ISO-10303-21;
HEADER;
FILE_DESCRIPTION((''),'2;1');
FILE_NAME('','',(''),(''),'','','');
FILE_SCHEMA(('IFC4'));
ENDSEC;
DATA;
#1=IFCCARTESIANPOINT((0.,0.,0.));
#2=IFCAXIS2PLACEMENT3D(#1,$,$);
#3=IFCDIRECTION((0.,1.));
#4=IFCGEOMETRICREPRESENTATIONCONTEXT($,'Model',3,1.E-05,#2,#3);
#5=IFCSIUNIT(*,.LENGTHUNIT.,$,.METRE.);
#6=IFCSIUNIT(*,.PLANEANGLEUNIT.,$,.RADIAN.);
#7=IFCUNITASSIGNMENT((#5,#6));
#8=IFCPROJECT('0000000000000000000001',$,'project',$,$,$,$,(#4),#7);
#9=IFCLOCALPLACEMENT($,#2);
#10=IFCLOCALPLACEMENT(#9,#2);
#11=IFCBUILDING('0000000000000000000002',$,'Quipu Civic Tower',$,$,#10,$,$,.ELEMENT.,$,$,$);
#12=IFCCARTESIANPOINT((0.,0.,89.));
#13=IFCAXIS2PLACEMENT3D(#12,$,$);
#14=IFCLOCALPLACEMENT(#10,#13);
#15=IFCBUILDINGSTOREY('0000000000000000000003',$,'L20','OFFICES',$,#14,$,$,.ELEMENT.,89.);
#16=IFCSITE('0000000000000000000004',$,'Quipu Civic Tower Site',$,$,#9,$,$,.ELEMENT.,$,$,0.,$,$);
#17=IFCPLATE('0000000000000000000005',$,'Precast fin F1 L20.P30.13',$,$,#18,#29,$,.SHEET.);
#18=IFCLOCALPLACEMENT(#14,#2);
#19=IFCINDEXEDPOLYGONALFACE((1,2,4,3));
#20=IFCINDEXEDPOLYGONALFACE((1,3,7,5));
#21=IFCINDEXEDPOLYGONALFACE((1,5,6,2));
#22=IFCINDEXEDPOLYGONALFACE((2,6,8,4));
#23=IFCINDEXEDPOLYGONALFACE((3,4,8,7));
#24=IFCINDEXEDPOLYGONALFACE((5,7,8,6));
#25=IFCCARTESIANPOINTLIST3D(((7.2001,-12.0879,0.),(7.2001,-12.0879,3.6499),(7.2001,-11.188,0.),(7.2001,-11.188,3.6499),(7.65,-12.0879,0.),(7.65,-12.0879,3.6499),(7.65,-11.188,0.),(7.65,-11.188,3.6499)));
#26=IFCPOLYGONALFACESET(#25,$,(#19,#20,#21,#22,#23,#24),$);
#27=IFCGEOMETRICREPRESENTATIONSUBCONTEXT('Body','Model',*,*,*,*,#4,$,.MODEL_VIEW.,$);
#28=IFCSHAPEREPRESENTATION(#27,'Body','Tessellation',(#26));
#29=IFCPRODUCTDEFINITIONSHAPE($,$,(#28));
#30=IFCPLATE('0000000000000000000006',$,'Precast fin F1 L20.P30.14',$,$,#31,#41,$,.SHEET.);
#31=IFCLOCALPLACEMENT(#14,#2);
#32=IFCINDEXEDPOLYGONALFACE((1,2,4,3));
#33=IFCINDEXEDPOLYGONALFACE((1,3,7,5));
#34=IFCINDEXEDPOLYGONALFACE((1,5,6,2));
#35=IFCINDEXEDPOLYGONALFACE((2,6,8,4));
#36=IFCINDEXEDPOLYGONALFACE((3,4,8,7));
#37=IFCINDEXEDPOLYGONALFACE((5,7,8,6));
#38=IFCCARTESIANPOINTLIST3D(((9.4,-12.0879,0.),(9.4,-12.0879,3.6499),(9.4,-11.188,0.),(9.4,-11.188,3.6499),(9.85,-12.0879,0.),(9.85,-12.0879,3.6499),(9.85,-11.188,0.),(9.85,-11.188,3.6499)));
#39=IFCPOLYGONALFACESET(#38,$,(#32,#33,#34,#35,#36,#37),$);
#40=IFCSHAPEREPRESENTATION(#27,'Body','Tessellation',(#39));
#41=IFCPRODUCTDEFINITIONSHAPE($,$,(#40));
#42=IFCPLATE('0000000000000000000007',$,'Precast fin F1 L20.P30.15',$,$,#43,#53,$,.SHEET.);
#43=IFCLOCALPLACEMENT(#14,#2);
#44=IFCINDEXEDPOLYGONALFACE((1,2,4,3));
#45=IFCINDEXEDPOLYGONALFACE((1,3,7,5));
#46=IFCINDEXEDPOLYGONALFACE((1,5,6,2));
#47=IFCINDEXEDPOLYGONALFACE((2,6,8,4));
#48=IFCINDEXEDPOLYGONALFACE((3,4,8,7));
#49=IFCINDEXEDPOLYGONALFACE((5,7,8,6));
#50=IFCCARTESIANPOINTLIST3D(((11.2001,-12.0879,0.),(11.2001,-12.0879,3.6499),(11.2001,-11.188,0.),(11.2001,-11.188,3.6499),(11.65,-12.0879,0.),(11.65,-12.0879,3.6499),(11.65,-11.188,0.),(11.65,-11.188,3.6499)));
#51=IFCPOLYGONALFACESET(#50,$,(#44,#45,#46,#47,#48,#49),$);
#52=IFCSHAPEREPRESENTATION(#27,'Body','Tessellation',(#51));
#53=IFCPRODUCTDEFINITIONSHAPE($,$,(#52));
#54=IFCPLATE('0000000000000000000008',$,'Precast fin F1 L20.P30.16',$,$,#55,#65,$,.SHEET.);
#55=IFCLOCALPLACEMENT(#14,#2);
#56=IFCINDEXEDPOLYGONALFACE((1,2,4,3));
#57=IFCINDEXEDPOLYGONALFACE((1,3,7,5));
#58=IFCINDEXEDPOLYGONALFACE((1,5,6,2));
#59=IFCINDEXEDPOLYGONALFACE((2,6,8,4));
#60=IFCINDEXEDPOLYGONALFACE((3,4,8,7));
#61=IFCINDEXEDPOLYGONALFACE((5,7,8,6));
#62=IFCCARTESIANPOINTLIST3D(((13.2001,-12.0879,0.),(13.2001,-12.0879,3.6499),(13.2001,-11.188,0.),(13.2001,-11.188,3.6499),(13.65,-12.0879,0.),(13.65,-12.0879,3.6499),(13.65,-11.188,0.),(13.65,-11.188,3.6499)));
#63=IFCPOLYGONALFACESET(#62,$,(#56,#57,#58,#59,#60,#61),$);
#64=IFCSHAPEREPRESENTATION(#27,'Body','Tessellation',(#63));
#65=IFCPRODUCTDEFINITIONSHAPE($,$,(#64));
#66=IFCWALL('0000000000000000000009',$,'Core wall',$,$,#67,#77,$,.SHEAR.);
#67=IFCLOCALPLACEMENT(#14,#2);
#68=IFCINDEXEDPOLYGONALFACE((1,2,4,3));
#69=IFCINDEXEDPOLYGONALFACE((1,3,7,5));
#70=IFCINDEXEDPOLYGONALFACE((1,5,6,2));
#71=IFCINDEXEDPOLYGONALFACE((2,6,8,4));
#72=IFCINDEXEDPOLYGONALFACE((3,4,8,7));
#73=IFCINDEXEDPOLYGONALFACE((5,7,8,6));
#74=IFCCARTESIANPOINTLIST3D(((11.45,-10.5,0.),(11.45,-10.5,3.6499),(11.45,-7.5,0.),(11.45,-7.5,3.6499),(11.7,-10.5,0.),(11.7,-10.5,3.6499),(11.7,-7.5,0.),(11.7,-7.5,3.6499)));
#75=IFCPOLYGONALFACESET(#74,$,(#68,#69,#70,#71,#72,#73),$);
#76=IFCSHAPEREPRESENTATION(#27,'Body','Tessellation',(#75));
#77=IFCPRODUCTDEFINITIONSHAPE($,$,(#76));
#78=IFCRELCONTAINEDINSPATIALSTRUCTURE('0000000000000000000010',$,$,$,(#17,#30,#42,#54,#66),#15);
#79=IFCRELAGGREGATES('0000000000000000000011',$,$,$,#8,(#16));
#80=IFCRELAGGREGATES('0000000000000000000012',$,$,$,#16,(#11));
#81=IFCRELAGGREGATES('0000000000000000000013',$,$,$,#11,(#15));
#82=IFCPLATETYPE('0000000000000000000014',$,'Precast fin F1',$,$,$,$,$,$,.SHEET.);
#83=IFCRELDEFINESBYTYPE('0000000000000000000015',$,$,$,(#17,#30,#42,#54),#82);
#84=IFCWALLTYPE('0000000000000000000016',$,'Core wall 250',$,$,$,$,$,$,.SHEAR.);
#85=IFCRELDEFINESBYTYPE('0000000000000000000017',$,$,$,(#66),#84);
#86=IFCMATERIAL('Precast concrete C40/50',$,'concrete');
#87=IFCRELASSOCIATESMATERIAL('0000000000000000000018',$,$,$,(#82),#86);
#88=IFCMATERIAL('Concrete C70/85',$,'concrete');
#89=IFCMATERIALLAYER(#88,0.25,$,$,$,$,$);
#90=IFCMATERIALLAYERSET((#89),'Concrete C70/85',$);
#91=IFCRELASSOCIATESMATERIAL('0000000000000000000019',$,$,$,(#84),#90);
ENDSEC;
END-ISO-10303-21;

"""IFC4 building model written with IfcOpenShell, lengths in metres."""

from ifc_helpers import new_model, si_unit, direction, frame, frame_2d, origin, origin_2d, place, context, subcontext, project, spatial, rectangle, extrude, material, layer, layer_set, type_object, element, save


model = new_model("IFC4")

# Units and contexts
model_context = context("Model", 3, precision=1e-05, world=origin(), true_north=direction((0.0, 1.0)))
body_context = subcontext(model_context, "Body", "Model", "MODEL_VIEW")
ifc_project = project(units=[si_unit("LENGTHUNIT", "METRE"), si_unit("PLANEANGLEUNIT", "RADIAN")], contexts=[model_context])

# Site, building, storey
site_placement = place(None, origin())
site = spatial("IfcSite", under=ifc_project, at=site_placement, Name="Quipu Civic Tower Site", CompositionType="ELEMENT", RefElevation=0.0)
building_placement = place(site_placement, origin())
building = spatial("IfcBuilding", under=site, at=building_placement, Name="Quipu Civic Tower", CompositionType="ELEMENT")
storey_placement = place(building_placement, frame((0.0, 0.0, 89.0)))
storey = spatial("IfcBuildingStorey", under=building, at=storey_placement, Name="L20", Description="OFFICES", CompositionType="ELEMENT", Elevation=89.0)

# Plates
ifc_material_1 = material(Name="Precast concrete C40/50", Category="concrete")
plate_type = type_object("IfcPlateType", Name="Precast fin F1", PredefinedType="SHEET", material=ifc_material_1)
for number, where, z_axis, x_axis, name in (
    (1, (7.425, -11.6379, 0.0), (0.0, 0.0, 1.0), (1.0, 0.0, 0.0), "Precast fin F1 L20.P30.13"),
    (2, (9.625, -11.6379, 0.0), (0.0, 0.0, 1.0), (1.0, 0.0, 0.0), "Precast fin F1 L20.P30.14"),
    (3, (11.425, -11.6379, 0.0), (0.0, 0.0, 1.0), (1.0, 0.0, 0.0), "Precast fin F1 L20.P30.15"),
    (4, (13.425, -11.6379, 0.0), (0.0, 0.0, 1.0), (1.0, 0.0, 0.0), "Precast fin F1 L20.P30.16"),
):
    element("IfcPlate", number, at=place(storey_placement, frame(where, z_axis=z_axis, x_axis=x_axis)), inside=storey, type_object=plate_type, Name=name, PredefinedType="SHEET", context=body_context, shape_type="SweptSolid", body=[
        extrude(rectangle(XDim=0.45, YDim=0.8999, at=origin_2d()), origin(), (0.0, 0.0, 1.0), 3.6499),
    ])

# Wall
ifc_material_2 = material(Name="Concrete C70/85", Category="concrete")
ifc_layer_1 = layer(ifc_material_2, 0.25)
ifc_layer_set_1 = layer_set([ifc_layer_1], Name="Concrete C70/85")
wall_type_1 = type_object("IfcWallType", Name="Core wall 250", PredefinedType="SHEAR", material=ifc_layer_set_1)
wall_1_placement = place(storey_placement, frame((11.575, -10.5, 0.0), z_axis=(0.0, 0.0, 1.0), x_axis=(0.0, 1.0, 0.0)))
element("IfcWall", 5, at=wall_1_placement, inside=storey, type_object=wall_type_1, Name="Core wall", PredefinedType="SHEAR", context=body_context, shape_type="SweptSolid", body=[
    extrude(rectangle(XDim=3.0, YDim=0.25, at=frame_2d((1.5, 0.0))), origin(), (0.0, 0.0, 1.0), 3.6499),
])

save(model, "model.ifc")
